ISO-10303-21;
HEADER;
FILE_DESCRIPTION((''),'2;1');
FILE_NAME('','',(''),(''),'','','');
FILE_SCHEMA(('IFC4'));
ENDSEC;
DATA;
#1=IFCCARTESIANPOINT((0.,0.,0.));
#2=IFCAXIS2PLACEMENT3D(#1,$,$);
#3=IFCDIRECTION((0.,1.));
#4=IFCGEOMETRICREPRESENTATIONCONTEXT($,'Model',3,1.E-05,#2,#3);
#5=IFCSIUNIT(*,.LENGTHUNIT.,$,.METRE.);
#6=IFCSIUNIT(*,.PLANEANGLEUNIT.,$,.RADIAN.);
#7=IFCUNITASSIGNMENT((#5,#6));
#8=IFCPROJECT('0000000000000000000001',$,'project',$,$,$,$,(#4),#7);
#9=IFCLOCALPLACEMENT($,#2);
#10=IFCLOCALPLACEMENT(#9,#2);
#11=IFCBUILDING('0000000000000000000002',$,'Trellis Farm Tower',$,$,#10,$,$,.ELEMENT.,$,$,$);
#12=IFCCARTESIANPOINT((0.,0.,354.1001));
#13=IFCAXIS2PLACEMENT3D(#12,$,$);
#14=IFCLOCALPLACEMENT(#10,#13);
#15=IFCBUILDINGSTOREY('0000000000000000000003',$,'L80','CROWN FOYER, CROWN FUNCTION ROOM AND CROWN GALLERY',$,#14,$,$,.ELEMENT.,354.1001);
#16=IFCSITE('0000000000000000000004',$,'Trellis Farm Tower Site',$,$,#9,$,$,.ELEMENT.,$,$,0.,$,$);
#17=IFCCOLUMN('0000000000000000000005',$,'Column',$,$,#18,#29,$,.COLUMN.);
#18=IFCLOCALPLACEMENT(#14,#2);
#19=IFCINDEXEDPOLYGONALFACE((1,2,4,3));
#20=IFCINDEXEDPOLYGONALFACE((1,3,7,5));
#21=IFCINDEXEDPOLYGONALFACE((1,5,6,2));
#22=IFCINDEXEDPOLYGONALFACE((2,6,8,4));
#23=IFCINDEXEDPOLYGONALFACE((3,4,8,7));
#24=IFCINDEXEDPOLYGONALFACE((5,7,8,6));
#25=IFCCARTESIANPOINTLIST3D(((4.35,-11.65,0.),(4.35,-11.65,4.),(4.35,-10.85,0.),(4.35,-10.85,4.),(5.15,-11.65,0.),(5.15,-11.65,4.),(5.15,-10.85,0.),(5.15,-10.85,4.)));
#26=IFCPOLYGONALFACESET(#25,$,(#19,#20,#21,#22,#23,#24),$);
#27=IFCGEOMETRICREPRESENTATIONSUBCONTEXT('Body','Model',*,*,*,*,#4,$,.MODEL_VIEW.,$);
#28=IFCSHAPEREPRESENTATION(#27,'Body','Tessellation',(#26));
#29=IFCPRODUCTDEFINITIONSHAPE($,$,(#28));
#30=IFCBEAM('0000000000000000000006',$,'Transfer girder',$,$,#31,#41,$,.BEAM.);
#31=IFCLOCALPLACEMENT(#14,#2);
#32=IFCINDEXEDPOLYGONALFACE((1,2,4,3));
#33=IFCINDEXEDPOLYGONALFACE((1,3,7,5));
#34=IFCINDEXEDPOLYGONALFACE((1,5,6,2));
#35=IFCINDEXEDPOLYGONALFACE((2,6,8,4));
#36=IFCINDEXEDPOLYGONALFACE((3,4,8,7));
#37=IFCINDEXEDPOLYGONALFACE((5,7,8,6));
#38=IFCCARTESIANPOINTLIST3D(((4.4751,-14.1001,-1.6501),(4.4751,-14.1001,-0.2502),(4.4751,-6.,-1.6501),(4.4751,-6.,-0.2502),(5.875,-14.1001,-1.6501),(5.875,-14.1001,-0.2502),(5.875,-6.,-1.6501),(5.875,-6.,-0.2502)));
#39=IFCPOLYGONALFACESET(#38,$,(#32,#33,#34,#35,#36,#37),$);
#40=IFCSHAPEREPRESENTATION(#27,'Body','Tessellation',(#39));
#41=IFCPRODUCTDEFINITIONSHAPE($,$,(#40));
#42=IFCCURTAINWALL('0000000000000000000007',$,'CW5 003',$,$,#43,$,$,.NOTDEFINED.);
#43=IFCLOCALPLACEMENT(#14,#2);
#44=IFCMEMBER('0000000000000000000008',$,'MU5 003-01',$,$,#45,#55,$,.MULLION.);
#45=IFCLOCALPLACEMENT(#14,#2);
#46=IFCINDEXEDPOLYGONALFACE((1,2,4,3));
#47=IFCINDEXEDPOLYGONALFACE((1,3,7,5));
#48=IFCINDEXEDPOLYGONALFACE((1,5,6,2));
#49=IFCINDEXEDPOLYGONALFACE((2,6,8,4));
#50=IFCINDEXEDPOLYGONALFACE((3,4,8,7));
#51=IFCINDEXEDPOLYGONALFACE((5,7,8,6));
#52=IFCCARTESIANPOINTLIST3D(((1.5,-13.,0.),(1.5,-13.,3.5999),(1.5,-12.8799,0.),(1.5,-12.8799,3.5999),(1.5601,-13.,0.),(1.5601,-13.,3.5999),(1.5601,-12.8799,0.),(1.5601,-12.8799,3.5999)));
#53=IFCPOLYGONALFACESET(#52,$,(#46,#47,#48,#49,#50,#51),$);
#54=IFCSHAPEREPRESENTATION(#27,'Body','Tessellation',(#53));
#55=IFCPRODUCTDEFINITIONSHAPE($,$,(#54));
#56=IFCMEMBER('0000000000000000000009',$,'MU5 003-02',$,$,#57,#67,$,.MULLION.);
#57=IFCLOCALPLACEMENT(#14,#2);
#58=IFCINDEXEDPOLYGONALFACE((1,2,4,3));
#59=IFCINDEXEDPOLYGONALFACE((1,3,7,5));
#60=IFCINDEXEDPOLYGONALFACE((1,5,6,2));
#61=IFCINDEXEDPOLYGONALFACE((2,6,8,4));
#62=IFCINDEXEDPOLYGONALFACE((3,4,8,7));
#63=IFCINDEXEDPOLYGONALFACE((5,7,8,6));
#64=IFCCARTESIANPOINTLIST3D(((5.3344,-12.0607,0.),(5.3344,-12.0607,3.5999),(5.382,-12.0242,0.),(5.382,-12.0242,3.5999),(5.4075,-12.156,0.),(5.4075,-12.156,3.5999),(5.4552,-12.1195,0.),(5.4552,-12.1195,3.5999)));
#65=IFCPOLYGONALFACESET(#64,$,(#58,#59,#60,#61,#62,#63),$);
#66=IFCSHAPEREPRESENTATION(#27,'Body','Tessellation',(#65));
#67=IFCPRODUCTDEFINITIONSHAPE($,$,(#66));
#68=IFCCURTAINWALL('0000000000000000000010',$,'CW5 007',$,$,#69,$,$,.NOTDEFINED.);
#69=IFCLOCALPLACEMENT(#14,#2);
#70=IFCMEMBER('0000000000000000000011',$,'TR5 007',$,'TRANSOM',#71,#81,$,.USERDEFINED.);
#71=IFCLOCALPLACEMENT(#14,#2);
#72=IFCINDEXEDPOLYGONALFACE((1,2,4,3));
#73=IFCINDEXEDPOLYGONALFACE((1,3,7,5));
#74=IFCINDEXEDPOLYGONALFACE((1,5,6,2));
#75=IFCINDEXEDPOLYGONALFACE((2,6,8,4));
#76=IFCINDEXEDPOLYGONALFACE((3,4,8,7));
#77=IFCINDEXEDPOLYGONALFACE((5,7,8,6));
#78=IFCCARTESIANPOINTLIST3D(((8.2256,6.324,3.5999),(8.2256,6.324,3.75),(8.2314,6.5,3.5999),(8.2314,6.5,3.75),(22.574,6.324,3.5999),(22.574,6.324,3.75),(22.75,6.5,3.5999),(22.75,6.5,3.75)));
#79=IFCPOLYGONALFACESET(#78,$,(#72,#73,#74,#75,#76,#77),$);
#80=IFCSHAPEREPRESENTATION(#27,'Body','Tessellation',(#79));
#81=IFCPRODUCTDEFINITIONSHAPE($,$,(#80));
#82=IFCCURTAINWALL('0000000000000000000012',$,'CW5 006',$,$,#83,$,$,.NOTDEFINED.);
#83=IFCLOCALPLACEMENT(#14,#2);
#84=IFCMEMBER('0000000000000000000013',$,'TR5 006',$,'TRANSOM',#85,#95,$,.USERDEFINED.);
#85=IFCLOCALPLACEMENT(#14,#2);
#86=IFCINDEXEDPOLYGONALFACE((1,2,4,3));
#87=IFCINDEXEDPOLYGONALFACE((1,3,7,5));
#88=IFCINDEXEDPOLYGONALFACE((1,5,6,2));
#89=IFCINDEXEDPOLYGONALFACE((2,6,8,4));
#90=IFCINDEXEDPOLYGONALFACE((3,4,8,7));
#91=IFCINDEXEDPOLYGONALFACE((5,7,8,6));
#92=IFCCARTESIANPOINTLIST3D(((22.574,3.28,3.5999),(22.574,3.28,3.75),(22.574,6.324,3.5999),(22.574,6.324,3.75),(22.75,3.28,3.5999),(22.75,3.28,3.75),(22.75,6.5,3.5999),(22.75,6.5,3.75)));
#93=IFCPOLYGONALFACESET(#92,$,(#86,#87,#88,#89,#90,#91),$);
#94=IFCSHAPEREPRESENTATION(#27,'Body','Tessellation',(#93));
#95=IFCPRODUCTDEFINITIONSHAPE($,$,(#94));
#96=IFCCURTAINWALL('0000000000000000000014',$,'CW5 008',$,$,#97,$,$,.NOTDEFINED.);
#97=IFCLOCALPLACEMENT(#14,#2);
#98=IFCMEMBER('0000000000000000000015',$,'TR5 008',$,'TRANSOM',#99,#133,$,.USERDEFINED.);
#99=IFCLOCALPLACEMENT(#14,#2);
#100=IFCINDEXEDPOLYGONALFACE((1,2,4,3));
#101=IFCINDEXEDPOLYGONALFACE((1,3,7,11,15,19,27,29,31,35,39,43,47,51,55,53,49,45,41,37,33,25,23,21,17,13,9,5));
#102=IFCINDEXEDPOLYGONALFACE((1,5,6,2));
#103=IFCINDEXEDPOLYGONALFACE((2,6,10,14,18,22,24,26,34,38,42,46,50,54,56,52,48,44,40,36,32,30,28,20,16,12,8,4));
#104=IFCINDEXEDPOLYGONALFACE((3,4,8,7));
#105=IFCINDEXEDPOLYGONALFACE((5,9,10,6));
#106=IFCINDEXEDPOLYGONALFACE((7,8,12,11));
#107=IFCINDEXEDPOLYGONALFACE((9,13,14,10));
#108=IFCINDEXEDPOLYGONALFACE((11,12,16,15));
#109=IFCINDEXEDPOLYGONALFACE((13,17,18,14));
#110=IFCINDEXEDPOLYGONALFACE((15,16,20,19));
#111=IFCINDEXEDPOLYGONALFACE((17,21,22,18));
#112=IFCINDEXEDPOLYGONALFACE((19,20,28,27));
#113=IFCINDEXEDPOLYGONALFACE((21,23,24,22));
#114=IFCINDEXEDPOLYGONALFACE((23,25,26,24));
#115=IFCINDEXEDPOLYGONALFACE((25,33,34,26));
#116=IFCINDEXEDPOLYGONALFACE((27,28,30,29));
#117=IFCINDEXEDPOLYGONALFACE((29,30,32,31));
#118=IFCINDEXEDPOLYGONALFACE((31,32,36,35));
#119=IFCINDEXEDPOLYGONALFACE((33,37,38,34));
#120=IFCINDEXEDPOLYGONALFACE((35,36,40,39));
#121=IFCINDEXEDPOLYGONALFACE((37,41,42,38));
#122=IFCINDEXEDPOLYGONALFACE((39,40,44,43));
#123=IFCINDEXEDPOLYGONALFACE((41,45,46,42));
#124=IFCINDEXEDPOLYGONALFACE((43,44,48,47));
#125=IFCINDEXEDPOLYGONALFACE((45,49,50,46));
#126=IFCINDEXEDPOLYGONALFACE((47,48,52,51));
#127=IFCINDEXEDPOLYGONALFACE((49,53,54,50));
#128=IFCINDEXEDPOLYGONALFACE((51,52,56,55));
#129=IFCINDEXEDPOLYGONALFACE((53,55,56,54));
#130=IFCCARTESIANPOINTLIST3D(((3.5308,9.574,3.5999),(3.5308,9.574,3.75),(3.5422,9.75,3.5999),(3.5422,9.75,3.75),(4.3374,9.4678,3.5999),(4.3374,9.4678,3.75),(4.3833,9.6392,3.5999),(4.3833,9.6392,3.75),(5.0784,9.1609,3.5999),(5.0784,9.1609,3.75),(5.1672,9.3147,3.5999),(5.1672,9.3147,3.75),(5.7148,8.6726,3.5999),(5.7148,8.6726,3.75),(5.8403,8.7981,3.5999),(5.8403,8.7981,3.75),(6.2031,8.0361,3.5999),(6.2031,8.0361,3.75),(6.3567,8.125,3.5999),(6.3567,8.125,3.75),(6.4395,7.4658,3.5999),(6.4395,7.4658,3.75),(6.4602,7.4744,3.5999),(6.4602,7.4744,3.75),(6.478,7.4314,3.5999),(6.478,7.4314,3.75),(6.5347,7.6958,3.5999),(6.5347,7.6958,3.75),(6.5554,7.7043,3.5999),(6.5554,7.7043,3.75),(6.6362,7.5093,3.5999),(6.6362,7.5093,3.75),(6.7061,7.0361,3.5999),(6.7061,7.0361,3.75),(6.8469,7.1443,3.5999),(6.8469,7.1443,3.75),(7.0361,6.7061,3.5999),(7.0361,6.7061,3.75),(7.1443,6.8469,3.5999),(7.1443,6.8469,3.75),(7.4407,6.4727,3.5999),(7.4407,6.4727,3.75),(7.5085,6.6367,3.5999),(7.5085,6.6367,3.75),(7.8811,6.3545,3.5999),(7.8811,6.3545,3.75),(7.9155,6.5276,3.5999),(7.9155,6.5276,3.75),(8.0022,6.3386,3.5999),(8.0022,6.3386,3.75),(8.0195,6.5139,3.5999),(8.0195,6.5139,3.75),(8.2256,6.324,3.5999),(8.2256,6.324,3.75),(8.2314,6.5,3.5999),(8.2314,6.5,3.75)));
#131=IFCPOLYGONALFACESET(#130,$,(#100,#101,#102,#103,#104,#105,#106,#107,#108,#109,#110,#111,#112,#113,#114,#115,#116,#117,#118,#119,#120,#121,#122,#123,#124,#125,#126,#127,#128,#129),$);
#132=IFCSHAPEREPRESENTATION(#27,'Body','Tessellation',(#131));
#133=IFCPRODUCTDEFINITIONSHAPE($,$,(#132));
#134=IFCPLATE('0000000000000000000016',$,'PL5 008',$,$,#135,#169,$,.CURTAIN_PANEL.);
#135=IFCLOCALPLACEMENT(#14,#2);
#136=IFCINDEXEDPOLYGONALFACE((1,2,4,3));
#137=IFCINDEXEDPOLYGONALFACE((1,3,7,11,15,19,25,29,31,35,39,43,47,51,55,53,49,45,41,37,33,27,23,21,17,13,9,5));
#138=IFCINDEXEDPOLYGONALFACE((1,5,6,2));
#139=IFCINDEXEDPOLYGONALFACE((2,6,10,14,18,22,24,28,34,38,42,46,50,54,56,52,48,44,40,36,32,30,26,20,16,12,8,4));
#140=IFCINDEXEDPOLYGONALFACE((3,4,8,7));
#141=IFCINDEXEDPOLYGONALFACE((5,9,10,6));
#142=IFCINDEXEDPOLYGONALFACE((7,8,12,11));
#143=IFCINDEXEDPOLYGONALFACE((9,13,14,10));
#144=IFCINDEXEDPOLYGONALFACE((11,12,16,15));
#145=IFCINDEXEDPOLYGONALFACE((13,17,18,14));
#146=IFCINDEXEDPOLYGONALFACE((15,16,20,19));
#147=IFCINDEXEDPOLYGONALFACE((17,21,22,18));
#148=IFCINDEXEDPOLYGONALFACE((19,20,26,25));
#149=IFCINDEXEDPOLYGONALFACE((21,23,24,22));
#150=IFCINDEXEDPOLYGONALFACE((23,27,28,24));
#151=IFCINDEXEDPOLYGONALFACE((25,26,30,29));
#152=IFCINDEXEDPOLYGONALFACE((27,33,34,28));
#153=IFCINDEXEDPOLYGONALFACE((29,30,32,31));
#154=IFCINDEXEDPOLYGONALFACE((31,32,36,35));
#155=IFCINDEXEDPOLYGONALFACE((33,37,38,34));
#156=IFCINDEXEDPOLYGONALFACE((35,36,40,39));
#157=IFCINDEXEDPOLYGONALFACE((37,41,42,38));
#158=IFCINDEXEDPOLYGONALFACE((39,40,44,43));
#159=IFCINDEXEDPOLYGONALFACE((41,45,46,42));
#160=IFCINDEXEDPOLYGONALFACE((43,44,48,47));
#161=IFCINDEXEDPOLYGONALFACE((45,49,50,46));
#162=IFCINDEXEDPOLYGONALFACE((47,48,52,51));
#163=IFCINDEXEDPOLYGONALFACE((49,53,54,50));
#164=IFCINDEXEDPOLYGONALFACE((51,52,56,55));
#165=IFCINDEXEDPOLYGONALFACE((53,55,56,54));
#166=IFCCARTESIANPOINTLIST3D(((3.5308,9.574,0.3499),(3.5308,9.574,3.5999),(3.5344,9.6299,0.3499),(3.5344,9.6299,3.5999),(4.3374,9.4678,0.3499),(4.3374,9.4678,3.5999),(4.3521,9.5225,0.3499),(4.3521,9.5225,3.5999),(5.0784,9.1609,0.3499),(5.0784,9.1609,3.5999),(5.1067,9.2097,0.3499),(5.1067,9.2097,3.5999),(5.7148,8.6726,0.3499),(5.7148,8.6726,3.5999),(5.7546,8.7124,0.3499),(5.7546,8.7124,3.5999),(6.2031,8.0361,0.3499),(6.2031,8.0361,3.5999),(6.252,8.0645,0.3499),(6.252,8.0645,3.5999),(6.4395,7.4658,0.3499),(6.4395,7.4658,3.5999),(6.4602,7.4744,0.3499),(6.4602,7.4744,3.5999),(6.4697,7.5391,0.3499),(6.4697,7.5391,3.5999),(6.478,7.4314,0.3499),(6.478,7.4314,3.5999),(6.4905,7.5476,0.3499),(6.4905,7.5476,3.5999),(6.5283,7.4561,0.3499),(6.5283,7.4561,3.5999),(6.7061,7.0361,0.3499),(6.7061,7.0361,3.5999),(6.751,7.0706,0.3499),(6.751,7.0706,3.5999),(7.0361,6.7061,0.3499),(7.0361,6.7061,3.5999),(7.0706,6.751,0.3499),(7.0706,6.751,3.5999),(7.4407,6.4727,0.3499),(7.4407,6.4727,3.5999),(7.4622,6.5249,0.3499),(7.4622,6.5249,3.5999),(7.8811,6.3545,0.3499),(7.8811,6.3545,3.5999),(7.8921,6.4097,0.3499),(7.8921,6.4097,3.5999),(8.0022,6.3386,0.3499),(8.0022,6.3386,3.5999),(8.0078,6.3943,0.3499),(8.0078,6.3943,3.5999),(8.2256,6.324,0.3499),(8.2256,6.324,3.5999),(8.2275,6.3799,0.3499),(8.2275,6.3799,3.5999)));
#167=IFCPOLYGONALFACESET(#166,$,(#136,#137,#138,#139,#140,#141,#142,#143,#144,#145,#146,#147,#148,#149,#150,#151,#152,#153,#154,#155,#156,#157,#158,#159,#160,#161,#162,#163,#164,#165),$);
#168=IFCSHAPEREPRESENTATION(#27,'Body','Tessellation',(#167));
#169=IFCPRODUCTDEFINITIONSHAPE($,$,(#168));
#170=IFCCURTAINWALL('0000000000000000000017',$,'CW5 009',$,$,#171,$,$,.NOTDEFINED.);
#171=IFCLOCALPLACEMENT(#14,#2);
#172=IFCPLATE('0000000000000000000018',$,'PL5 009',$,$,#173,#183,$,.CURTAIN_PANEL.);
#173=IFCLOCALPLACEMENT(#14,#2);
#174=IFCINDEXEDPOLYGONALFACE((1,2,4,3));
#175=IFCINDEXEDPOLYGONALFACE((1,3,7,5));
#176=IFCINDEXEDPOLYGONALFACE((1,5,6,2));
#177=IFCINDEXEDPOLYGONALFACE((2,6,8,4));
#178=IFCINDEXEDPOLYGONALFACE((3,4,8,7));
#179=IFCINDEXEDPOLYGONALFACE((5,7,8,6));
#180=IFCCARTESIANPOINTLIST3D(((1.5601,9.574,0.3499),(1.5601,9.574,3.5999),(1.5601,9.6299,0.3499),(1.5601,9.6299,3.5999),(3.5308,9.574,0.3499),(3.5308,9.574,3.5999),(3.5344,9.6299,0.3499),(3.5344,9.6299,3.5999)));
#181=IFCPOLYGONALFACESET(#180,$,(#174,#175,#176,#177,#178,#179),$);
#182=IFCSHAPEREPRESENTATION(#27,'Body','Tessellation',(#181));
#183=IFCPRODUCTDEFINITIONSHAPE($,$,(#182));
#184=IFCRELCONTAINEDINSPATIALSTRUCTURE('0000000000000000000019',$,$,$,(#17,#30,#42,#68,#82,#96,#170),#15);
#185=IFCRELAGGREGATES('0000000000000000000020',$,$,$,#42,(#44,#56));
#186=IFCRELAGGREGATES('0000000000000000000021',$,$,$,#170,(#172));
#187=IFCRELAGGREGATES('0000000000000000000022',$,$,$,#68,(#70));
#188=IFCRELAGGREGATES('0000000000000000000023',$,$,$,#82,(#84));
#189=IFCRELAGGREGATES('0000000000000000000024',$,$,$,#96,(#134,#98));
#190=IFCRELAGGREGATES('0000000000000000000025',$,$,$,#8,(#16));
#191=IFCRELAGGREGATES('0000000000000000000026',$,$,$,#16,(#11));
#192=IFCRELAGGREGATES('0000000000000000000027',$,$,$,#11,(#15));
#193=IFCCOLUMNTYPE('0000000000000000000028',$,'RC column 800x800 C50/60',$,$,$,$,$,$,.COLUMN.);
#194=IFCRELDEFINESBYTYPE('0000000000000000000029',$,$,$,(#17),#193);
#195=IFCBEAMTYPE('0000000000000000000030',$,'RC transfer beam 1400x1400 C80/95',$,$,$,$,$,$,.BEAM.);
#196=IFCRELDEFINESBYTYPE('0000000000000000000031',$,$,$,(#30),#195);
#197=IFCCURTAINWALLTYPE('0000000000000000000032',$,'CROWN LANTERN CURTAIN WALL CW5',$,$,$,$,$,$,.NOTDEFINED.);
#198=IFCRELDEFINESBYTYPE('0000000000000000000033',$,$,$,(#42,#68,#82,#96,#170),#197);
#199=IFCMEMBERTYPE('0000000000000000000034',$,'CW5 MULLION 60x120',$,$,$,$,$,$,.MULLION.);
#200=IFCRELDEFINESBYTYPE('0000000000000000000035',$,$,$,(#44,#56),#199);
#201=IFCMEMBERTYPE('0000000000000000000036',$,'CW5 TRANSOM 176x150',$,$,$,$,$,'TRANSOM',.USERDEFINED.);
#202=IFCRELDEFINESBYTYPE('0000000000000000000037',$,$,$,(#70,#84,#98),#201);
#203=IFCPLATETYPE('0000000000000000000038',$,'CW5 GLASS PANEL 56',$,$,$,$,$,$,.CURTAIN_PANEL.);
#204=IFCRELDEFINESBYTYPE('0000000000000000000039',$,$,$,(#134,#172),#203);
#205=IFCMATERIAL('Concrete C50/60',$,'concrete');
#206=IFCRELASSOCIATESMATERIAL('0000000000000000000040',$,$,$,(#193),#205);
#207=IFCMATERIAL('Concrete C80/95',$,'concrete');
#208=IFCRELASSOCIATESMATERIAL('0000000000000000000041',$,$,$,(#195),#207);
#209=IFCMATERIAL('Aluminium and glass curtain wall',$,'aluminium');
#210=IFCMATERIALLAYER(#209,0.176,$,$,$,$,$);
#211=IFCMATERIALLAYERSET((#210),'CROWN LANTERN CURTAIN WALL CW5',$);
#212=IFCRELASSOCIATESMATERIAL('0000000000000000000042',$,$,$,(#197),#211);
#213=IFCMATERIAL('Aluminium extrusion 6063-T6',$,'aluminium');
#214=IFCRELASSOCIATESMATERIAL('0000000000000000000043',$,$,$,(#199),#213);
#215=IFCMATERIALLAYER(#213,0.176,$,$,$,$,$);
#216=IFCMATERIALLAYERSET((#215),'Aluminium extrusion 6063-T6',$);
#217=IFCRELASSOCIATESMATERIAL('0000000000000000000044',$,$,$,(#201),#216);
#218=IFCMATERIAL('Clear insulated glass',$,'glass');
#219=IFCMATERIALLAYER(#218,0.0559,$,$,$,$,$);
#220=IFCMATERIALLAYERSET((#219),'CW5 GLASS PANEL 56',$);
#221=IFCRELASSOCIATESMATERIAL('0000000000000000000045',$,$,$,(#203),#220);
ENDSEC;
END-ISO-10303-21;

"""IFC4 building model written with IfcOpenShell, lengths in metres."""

from ifc_helpers import new_model, si_unit, direction, frame, origin, origin_2d, place, context, subcontext, project, spatial, polyline, rectangle, outline, extrude, source, transform, mapped, material, layer, layer_set, material_profile, profile_set, type_object, element, aggregate, save


model = new_model("IFC4")

# Units and contexts
model_context = context("Model", 3, precision=1e-05, world=origin(), true_north=direction((0.0, 1.0)))
body_context = subcontext(model_context, "Body", "Model", "MODEL_VIEW")
ifc_project = project(units=[si_unit("LENGTHUNIT", "METRE"), si_unit("PLANEANGLEUNIT", "RADIAN")], contexts=[model_context])

# Site, building, storey
site_placement = place(None, origin())
site = spatial("IfcSite", under=ifc_project, at=site_placement, Name="Trellis Farm Tower Site", CompositionType="ELEMENT", RefElevation=0.0)
building_placement = place(site_placement, origin())
building = spatial("IfcBuilding", under=site, at=building_placement, Name="Trellis Farm Tower", CompositionType="ELEMENT")
storey_placement = place(building_placement, frame((0.0, 0.0, 354.1001)))
storey = spatial("IfcBuildingStorey", under=building, at=storey_placement, Name="L80", Description="CROWN FOYER, CROWN FUNCTION ROOM AND CROWN GALLERY", CompositionType="ELEMENT", Elevation=354.1001)

# Column
ifc_material_1 = material(Name="Concrete C50/60", Category="concrete")
ifc_material_profile_1 = material_profile(ifc_material_1, rectangle(XDim=0.8, YDim=0.8, at=origin_2d()), Name="RC column 800x800 C50/60")
ifc_profile_set_1 = profile_set([ifc_material_profile_1], Name="Concrete C50/60")
column_type = type_object("IfcColumnType", Name="RC column 800x800 C50/60", PredefinedType="COLUMN", material=ifc_profile_set_1)
shared_shape_1 = source(origin(), body_context, "Body", "SweptSolid", [
    extrude(rectangle(XDim=0.8, YDim=0.8, at=origin_2d()), origin(), (0.0, 0.0, 1.0), 4.0),
])
column_placement = place(storey_placement, frame((4.75, -11.25, 0.0), z_axis=(0.0, 0.0, 1.0), x_axis=(1.0, 0.0, 0.0)))
element("IfcColumn", 1, at=column_placement, inside=storey, type_object=column_type, Name="Column", PredefinedType="COLUMN", context=body_context, shape_type="MappedRepresentation", body=[
    mapped(shared_shape_1, transform((0.0, 0.0, 0.0))),
])

# Beam
ifc_material_2 = material(Name="Concrete C80/95", Category="concrete")
ifc_material_profile_2 = material_profile(ifc_material_2, rectangle(XDim=1.3999, YDim=1.3999, at=origin_2d()), Name="RC transfer beam 1400x1400 C80/95")
ifc_profile_set_2 = profile_set([ifc_material_profile_2], Name="Concrete C80/95")
beam_type = type_object("IfcBeamType", Name="RC transfer beam 1400x1400 C80/95", PredefinedType="BEAM", material=ifc_profile_set_2)
shared_shape_2 = source(origin(), body_context, "Body", "SweptSolid", [
    extrude(rectangle(XDim=1.3999, YDim=1.3999, at=origin_2d()), origin(), (0.0, 0.0, 1.0), 8.1001),
])
beam_placement = place(storey_placement, frame((5.175, -14.1001, -0.9502), z_axis=(0.0, 1.0, 0.0), x_axis=(-1.0, 0.0, 0.0)))
element("IfcBeam", 2, at=beam_placement, inside=storey, type_object=beam_type, Name="Transfer girder", PredefinedType="BEAM", context=body_context, shape_type="MappedRepresentation", body=[
    mapped(shared_shape_2, transform((0.0, 0.0, 0.0))),
])

# Curtain wall, members
ifc_material_3 = material(Name="Aluminium and glass curtain wall", Category="aluminium")
ifc_layer_1 = layer(ifc_material_3, 0.176)
ifc_layer_set_1 = layer_set([ifc_layer_1], Name="CROWN LANTERN CURTAIN WALL CW5")
curtain_wall_type = type_object("IfcCurtainWallType", Name="CROWN LANTERN CURTAIN WALL CW5", PredefinedType="NOTDEFINED", material=ifc_layer_set_1)
placement_1 = place(storey_placement, origin())
curtain_wall_1 = element("IfcCurtainWall", 3, at=placement_1, inside=storey, type_object=curtain_wall_type, Name="CW5 003", PredefinedType="NOTDEFINED")
ifc_material_4 = material(Name="Aluminium extrusion 6063-T6", Category="aluminium")
ifc_material_profile_3 = material_profile(ifc_material_4, rectangle(XDim=0.0601, YDim=0.1201, at=origin_2d()), Name="MULLION 60x120")
ifc_profile_set_3 = profile_set([ifc_material_profile_3], Name="Aluminium extrusion 6063-T6")
member_type_1 = type_object("IfcMemberType", Name="CW5 MULLION 60x120", PredefinedType="MULLION", material=ifc_profile_set_3)
shared_shape_3 = source(origin(), body_context, "Body", "SweptSolid", [
    extrude(rectangle(XDim=0.0601, YDim=0.1201, at=origin_2d()), origin(), (0.0, 0.0, 1.0), 3.5999),
])
member_1_placement = place(storey_placement, frame((1.53, -12.9399, 0.0), z_axis=(0.0, 0.0, 1.0), x_axis=(1.0, 0.0, 0.0)))
member_1 = element("IfcMember", 4, at=member_1_placement, type_object=member_type_1, Name="MU5 003-01", PredefinedType="MULLION", context=body_context, shape_type="MappedRepresentation", body=[
    mapped(shared_shape_3, transform((0.0, 0.0, 0.0))),
])
member_2_placement = place(storey_placement, frame((5.3948, -12.0901, 0.0), z_axis=(0.0, 0.0, 1.0), x_axis=(0.793353, 0.608761, 0.0)))
member_2 = element("IfcMember", 5, at=member_2_placement, type_object=member_type_1, Name="MU5 003-02", PredefinedType="MULLION", context=body_context, shape_type="MappedRepresentation", body=[
    mapped(shared_shape_3, transform((0.0, 0.0, 0.0))),
])
aggregate(curtain_wall_1, [member_1, member_2])

# Curtain walls, members
curtain_wall_2 = element("IfcCurtainWall", 6, at=placement_1, inside=storey, type_object=curtain_wall_type, Name="CW5 007", PredefinedType="NOTDEFINED")
ifc_layer_2 = layer(ifc_material_4, 0.176)
ifc_layer_set_2 = layer_set([ifc_layer_2], Name="Aluminium extrusion 6063-T6")
member_type_2 = type_object("IfcMemberType", Name="CW5 TRANSOM 176x150", ElementType="TRANSOM", PredefinedType="USERDEFINED", material=ifc_layer_set_2)
shared_shape_4 = source(origin(), body_context, "Body", "SweptSolid", [
    extrude(outline(polyline([(22.75, 6.5), (8.2314, 6.5), (8.2256, 6.324), (22.574, 6.324), (22.75, 6.5)])), origin(), (0.0, 0.0, 1.0), 0.1501),
])
placement_2 = place(storey_placement, frame((0.0, 0.0, 3.5999)))
member_3 = element("IfcMember", 7, at=placement_2, type_object=member_type_2, Name="TR5 007", ObjectType="TRANSOM", PredefinedType="USERDEFINED", context=body_context, shape_type="MappedRepresentation", body=[
    mapped(shared_shape_4, transform((0.0, 0.0, 0.0))),
])
curtain_wall_3 = element("IfcCurtainWall", 8, at=placement_1, inside=storey, type_object=curtain_wall_type, Name="CW5 006", PredefinedType="NOTDEFINED")
shared_shape_5 = source(origin(), body_context, "Body", "SweptSolid", [
    extrude(outline(polyline([(22.75, 3.28), (22.75, 6.5), (22.574, 6.324), (22.574, 3.28), (22.75, 3.28)])), origin(), (0.0, 0.0, 1.0), 0.1501),
])
member_4 = element("IfcMember", 9, at=placement_2, type_object=member_type_2, Name="TR5 006", ObjectType="TRANSOM", PredefinedType="USERDEFINED", context=body_context, shape_type="MappedRepresentation", body=[
    mapped(shared_shape_5, transform((0.0, 0.0, 0.0))),
])

# Curtain wall, member, plate
curtain_wall_4 = element("IfcCurtainWall", 10, at=placement_1, inside=storey, type_object=curtain_wall_type, Name="CW5 008", PredefinedType="NOTDEFINED")
shared_shape_6 = source(origin(), body_context, "Body", "SweptSolid", [
    extrude(outline(polyline([(8.2314, 6.5), (8.0195, 6.5139), (7.9155, 6.5276), (7.5085, 6.6367), (7.1443, 6.8469), (6.8469, 7.1443), (6.6362, 7.5093), (6.5554, 7.7043), (6.5347, 7.6958), (6.3567, 8.125), (5.8403, 8.7981), (5.1672, 9.3147), (4.3833, 9.6392), (3.5422, 9.75), (3.5308, 9.574), (4.3374, 9.4678), (5.0784, 9.1609), (5.7148, 8.6726), (6.2031, 8.0361), (6.4395, 7.4658), (6.4602, 7.4744), (6.478, 7.4314), (6.7061, 7.0361), (7.0361, 6.7061), (7.4407, 6.4727), (7.8811, 6.3545), (8.0022, 6.3386), (8.2256, 6.324), (8.2314, 6.5)])), origin(), (0.0, 0.0, 1.0), 0.1501),
])
member_5 = element("IfcMember", 11, at=placement_2, type_object=member_type_2, Name="TR5 008", ObjectType="TRANSOM", PredefinedType="USERDEFINED", context=body_context, shape_type="MappedRepresentation", body=[
    mapped(shared_shape_6, transform((0.0, 0.0, 0.0))),
])
ifc_material_5 = material(Name="Clear insulated glass", Category="glass")
ifc_layer_3 = layer(ifc_material_5, 0.0559)
ifc_layer_set_3 = layer_set([ifc_layer_3], Name="CW5 GLASS PANEL 56")
plate_type_1 = type_object("IfcPlateType", Name="CW5 GLASS PANEL 56", PredefinedType="CURTAIN_PANEL", material=ifc_layer_set_3)
placement_3 = place(storey_placement, frame((0.0, 0.0, 0.3499)))
plate_1 = element("IfcPlate", 12, at=placement_3, type_object=plate_type_1, Name="PL5 008", PredefinedType="CURTAIN_PANEL", context=body_context, shape_type="SweptSolid", body=[
    extrude(outline(polyline([(8.2275, 6.3799), (8.0078, 6.3943), (7.8921, 6.4097), (7.4622, 6.5249), (7.0706, 6.751), (6.751, 7.0706), (6.5283, 7.4561), (6.4905, 7.5476), (6.4697, 7.5391), (6.252, 8.0645), (5.7546, 8.7124), (5.1067, 9.2097), (4.3521, 9.5225), (3.5344, 9.6299), (3.5308, 9.574), (4.3374, 9.4678), (5.0784, 9.1609), (5.7148, 8.6726), (6.2031, 8.0361), (6.4395, 7.4658), (6.4602, 7.4744), (6.478, 7.4314), (6.7061, 7.0361), (7.0361, 6.7061), (7.4407, 6.4727), (7.8811, 6.3545), (8.0022, 6.3386), (8.2256, 6.324), (8.2275, 6.3799)])), origin(), (0.0, 0.0, 1.0), 3.25),
])

# Curtain wall, plate
curtain_wall_5 = element("IfcCurtainWall", 13, at=placement_1, inside=storey, type_object=curtain_wall_type, Name="CW5 009", PredefinedType="NOTDEFINED")
plate_2 = element("IfcPlate", 14, at=placement_3, type_object=plate_type_1, Name="PL5 009", PredefinedType="CURTAIN_PANEL", context=body_context, shape_type="SweptSolid", body=[
    extrude(outline(polyline([(3.5344, 9.6299), (1.5601, 9.6299), (1.5601, 9.574), (3.5308, 9.574), (3.5344, 9.6299)])), origin(), (0.0, 0.0, 1.0), 3.25),
])
aggregate(curtain_wall_5, [plate_2])

aggregate(curtain_wall_2, [member_3])
aggregate(curtain_wall_3, [member_4])
aggregate(curtain_wall_4, [plate_1, member_5])

save(model, "model.ifc")
